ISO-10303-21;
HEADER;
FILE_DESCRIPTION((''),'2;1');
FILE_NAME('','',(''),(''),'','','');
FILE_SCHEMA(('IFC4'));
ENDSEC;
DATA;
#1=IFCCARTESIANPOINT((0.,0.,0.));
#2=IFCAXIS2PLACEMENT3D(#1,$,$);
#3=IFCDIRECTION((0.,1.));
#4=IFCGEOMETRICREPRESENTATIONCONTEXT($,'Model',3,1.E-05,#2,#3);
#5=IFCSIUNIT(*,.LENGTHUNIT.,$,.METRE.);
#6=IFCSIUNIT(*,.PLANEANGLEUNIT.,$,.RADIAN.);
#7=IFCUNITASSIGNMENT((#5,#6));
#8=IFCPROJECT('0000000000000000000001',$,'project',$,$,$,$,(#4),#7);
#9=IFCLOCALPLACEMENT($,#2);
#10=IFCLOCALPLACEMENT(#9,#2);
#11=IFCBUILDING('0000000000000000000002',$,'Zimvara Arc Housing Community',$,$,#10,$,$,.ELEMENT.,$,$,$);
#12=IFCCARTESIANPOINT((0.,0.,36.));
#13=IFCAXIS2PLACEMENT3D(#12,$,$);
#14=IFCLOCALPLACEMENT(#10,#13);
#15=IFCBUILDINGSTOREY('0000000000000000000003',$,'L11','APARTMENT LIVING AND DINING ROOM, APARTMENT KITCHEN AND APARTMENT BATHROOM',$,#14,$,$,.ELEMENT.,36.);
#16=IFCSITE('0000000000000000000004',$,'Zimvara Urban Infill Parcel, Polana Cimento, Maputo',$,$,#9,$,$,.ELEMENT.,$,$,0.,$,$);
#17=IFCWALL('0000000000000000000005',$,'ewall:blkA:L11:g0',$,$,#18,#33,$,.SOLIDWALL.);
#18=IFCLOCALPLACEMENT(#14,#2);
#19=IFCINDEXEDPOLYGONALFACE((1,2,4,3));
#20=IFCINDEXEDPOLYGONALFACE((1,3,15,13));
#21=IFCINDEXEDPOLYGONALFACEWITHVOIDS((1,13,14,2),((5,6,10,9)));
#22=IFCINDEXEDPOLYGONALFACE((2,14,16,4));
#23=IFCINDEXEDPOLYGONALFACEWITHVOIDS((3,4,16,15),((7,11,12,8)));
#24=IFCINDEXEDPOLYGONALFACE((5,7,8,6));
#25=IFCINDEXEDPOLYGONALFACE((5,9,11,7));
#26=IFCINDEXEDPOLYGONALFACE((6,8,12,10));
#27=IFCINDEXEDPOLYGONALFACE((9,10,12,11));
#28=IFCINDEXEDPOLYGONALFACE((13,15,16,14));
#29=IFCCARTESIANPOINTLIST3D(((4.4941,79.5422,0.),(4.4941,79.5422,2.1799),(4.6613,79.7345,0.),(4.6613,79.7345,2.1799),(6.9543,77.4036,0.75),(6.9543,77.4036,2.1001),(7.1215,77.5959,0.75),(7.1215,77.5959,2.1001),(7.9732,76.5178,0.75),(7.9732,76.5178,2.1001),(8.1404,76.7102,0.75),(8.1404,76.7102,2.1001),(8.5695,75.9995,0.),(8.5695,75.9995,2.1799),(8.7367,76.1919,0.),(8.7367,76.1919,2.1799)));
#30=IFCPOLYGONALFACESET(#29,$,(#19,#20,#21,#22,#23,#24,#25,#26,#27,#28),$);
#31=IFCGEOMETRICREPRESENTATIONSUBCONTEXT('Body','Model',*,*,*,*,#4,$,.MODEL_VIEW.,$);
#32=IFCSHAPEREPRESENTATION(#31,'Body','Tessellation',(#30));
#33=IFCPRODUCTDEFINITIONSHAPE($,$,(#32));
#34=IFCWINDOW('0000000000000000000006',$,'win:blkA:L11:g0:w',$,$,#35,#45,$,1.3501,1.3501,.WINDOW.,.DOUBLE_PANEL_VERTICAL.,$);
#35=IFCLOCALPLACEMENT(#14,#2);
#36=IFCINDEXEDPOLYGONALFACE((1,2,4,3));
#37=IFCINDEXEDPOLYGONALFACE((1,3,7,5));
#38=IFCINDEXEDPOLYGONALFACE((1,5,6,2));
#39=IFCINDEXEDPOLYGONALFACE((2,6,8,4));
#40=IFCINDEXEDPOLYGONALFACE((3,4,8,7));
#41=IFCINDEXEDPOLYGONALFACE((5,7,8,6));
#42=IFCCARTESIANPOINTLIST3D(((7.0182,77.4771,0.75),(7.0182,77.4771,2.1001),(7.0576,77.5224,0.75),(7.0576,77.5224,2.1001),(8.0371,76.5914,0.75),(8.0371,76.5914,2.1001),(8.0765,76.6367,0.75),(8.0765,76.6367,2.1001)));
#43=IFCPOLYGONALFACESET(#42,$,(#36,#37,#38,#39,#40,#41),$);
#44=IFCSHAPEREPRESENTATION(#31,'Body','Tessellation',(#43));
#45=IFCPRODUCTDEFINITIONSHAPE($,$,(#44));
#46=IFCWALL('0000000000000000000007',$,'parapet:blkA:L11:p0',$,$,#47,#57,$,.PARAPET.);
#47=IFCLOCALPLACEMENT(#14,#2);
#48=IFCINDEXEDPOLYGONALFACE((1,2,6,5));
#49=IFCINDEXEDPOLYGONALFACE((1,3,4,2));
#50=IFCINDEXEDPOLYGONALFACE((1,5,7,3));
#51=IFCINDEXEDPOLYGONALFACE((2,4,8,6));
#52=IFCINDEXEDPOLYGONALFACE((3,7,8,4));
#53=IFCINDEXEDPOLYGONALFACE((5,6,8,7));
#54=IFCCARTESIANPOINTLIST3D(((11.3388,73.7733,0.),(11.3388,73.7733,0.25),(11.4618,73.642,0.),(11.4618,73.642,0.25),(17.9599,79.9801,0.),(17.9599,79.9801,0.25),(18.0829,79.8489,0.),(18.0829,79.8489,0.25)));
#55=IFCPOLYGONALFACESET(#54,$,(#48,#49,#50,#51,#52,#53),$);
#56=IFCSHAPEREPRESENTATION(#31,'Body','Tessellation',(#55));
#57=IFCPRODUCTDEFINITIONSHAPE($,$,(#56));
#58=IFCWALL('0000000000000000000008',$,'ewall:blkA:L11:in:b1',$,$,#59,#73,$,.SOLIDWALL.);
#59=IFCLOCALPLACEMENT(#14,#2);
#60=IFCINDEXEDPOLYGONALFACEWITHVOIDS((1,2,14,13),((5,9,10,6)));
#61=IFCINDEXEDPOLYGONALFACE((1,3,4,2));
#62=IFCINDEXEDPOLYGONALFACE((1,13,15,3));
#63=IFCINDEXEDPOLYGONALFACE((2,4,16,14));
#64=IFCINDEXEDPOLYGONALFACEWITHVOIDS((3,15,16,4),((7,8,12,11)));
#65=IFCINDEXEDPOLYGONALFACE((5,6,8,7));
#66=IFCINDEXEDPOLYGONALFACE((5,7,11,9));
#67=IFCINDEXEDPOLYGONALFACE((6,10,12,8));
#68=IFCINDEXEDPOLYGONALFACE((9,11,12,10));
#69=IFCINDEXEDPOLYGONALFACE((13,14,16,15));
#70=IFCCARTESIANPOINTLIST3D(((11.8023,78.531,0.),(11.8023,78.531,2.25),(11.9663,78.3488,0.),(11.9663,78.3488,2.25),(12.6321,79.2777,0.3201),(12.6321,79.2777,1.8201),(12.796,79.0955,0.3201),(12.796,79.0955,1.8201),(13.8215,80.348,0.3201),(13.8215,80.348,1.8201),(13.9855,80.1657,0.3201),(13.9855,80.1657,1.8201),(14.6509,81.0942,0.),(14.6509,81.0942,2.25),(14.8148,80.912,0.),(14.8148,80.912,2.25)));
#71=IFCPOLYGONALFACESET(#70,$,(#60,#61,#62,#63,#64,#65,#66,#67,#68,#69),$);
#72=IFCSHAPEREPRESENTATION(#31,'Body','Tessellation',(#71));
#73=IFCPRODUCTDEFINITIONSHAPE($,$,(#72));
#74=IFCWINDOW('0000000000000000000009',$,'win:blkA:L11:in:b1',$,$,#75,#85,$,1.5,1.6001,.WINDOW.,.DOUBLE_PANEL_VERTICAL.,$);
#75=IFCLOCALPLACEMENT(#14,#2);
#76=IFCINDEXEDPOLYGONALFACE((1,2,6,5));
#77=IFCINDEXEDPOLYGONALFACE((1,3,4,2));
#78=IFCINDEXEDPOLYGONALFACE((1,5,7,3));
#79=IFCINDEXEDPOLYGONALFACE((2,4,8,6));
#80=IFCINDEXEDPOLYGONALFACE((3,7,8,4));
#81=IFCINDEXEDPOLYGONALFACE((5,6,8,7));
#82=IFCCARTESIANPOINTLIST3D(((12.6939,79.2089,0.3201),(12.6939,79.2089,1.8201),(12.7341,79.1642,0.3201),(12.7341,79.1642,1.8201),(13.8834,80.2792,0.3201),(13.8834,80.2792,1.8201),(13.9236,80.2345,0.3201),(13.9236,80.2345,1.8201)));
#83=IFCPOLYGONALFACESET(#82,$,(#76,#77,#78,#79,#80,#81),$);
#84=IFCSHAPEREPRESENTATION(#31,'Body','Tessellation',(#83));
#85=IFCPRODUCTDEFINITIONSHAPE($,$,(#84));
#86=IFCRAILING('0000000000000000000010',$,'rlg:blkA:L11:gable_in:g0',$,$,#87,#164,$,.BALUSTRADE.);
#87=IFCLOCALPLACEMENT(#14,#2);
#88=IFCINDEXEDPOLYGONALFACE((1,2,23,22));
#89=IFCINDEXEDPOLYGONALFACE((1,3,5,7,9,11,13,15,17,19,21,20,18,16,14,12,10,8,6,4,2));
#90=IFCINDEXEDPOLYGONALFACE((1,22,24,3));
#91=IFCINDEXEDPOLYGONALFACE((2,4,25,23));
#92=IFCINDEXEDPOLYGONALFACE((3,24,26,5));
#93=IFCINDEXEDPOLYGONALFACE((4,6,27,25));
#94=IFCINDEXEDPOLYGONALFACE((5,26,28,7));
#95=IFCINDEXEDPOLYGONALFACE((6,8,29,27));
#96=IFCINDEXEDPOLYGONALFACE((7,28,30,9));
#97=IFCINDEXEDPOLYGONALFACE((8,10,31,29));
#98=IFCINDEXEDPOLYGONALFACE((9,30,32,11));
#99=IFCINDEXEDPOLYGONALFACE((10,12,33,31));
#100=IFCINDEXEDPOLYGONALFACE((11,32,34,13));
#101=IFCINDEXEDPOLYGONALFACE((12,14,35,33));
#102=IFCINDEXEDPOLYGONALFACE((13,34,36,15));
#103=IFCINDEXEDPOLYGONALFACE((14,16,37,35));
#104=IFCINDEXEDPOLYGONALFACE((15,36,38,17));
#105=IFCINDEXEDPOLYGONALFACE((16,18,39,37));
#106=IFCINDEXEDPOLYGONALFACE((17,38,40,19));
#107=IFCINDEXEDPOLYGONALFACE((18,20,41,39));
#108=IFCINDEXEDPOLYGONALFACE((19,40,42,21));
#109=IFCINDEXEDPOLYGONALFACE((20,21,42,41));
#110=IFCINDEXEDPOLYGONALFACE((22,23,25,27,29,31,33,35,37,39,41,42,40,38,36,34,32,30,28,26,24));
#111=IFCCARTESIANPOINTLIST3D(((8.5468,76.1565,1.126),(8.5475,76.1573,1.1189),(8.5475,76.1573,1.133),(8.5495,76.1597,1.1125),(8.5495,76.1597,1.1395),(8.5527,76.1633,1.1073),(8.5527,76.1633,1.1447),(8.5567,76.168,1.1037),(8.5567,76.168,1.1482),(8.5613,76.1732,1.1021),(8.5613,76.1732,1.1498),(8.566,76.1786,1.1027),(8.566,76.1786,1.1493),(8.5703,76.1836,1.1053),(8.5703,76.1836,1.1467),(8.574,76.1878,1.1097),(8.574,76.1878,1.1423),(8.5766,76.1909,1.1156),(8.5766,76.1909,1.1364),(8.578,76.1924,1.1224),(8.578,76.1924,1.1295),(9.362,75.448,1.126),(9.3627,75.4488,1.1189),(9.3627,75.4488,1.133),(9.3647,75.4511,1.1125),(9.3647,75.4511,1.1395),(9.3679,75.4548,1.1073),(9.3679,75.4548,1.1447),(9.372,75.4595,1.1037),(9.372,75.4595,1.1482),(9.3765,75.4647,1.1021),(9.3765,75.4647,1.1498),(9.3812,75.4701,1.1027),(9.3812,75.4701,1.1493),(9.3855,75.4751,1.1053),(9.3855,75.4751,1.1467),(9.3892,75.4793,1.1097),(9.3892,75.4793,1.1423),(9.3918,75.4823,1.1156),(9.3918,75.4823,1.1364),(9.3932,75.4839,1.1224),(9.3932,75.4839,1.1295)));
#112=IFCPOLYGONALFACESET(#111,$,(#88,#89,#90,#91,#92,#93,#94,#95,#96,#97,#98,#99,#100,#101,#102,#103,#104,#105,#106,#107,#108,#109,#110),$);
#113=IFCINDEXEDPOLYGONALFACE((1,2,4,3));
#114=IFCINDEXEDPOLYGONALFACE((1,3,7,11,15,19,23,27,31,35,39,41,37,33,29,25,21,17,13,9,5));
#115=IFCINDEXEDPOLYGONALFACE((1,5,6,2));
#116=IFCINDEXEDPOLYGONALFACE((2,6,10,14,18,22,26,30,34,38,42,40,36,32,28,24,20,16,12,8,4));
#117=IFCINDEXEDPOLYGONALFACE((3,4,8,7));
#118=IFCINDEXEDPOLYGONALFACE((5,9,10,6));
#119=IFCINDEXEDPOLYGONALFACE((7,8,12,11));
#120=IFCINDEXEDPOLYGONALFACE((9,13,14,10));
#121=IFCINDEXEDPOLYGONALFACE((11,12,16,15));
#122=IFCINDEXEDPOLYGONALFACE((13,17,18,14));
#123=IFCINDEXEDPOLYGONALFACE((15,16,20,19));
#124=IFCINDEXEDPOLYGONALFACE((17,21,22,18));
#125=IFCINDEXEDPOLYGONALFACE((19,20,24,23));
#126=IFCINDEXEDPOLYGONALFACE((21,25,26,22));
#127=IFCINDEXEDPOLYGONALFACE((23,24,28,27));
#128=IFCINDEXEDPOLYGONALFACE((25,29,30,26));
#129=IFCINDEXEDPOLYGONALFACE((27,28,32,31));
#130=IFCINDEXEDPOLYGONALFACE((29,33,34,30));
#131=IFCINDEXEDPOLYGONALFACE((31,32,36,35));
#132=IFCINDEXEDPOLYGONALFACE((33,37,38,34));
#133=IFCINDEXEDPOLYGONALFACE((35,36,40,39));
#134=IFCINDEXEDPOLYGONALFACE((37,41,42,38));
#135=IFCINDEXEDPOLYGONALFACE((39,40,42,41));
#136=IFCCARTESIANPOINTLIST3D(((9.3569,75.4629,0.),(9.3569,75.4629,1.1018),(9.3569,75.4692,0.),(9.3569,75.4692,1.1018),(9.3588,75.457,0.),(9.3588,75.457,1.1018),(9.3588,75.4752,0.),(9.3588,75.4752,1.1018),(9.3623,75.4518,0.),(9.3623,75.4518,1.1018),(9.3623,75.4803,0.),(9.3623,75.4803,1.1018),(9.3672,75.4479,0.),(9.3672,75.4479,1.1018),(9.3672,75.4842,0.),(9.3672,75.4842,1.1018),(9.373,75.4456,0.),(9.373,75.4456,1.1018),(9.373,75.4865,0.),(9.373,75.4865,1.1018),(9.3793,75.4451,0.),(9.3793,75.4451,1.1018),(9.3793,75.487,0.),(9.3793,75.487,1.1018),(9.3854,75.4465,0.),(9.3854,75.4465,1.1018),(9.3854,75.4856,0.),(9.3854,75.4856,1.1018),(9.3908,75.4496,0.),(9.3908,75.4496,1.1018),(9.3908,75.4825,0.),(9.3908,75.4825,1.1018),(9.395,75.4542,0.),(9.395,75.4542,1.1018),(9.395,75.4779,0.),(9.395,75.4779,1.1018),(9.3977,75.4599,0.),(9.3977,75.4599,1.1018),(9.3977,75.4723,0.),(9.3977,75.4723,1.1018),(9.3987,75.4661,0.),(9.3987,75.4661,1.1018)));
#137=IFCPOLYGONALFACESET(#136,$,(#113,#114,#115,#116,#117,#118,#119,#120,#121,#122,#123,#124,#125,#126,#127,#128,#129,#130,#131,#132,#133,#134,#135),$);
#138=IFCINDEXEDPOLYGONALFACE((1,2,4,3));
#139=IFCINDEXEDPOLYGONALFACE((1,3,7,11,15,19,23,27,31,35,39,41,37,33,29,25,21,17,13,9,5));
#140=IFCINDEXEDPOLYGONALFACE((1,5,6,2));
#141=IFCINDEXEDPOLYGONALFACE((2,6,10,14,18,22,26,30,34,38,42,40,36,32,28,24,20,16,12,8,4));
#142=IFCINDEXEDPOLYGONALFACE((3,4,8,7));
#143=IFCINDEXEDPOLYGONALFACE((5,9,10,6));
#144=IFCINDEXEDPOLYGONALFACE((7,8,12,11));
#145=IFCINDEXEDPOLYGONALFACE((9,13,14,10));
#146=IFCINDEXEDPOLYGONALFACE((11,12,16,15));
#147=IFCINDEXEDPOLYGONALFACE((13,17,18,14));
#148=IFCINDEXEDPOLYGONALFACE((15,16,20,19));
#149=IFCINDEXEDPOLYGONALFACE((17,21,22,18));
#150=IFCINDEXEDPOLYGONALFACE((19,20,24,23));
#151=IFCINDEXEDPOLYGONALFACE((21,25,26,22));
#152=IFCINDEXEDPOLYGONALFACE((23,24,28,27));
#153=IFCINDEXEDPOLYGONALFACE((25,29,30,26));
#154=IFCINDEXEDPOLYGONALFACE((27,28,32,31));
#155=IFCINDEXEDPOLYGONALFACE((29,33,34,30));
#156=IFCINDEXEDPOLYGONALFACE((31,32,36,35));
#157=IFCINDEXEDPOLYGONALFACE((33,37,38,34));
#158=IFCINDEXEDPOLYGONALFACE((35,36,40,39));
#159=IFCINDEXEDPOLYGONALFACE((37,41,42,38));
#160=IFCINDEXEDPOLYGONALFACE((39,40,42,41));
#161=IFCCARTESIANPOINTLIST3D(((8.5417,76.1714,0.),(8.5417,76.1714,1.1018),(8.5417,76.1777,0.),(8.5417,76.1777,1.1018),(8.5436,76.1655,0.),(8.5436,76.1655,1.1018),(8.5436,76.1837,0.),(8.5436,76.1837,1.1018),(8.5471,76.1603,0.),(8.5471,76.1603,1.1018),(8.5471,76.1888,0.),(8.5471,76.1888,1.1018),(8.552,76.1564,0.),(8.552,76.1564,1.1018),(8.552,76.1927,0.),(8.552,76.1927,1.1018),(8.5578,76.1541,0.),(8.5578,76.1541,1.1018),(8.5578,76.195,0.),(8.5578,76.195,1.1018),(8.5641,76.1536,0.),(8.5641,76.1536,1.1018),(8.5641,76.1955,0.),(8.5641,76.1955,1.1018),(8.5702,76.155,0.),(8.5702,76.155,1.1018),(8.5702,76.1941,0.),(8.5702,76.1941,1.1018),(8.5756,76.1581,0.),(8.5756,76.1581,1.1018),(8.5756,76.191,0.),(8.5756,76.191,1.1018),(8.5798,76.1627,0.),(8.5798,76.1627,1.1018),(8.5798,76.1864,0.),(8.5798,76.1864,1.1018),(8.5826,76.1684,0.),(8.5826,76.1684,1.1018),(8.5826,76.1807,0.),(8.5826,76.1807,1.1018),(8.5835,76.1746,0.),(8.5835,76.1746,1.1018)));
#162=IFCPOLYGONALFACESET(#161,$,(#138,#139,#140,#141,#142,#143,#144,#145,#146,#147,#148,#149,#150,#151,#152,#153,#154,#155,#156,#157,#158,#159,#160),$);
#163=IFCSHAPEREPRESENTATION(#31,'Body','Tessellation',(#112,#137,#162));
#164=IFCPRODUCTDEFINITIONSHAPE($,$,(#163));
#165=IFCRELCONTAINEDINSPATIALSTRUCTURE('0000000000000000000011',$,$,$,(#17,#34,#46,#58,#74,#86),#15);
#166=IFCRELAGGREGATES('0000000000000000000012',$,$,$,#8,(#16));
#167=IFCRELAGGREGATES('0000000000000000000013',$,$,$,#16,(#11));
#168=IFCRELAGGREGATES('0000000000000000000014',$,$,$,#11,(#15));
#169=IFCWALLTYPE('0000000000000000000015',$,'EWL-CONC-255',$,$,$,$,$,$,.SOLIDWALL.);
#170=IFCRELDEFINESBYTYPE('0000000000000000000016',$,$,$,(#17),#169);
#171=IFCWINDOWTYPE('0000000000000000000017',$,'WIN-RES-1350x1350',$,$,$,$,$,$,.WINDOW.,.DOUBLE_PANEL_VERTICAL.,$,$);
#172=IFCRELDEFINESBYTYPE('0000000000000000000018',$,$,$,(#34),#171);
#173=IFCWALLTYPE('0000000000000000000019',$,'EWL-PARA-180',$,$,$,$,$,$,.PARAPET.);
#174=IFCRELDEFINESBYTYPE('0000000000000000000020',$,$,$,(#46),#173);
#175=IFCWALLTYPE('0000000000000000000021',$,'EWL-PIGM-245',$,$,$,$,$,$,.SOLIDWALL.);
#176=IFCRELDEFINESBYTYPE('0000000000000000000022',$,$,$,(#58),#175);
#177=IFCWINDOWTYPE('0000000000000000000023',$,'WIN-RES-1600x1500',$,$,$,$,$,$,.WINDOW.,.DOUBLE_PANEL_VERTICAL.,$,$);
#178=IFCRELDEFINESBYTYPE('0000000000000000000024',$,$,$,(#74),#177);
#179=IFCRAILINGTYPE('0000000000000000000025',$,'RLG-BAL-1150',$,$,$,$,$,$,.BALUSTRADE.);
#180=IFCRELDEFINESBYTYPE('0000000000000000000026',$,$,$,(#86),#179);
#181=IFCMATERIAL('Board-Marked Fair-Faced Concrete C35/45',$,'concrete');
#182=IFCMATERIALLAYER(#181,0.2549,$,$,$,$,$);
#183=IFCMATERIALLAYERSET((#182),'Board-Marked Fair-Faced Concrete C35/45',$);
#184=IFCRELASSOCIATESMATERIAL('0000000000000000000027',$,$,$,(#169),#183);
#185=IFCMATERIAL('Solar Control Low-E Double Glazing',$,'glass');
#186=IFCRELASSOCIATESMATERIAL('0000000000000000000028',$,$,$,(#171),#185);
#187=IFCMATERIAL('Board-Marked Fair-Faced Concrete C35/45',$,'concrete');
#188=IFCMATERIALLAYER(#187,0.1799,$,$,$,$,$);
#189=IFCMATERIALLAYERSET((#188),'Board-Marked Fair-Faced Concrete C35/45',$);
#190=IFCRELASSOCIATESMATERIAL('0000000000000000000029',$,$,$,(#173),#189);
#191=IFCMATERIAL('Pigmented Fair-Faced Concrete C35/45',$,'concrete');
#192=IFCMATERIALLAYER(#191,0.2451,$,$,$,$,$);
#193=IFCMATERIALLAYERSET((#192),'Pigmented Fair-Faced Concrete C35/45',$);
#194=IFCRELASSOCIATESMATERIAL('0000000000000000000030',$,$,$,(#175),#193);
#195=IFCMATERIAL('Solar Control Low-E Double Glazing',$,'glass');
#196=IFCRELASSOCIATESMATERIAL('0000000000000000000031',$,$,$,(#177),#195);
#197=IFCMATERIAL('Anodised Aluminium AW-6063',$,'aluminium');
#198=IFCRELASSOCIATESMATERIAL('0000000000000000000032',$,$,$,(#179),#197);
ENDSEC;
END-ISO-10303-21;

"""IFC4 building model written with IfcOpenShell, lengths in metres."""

from ifc_helpers import new_model, si_unit, direction, frame, frame_2d, origin, origin_2d, place, context, subcontext, project, spatial, rectangle, circle, extrude, material, layer, layer_set, type_object, element, fill, save


model = new_model("IFC4")

# Units and contexts
model_context = context("Model", 3, precision=1e-05, world=origin(), true_north=direction((0.0, 1.0)))
body_context = subcontext(model_context, "Body", "Model", "MODEL_VIEW")
ifc_project = project(units=[si_unit("LENGTHUNIT", "METRE"), si_unit("PLANEANGLEUNIT", "RADIAN")], contexts=[model_context])

# Site, building, storey
site_placement = place(None, origin())
site = spatial("IfcSite", under=ifc_project, at=site_placement, Name="Zimvara Urban Infill Parcel, Polana Cimento, Maputo", CompositionType="ELEMENT", RefElevation=0.0)
building_placement = place(site_placement, origin())
building = spatial("IfcBuilding", under=site, at=building_placement, Name="Zimvara Arc Housing Community", CompositionType="ELEMENT")
storey_placement = place(building_placement, frame((0.0, 0.0, 36.0)))
storey = spatial("IfcBuildingStorey", under=building, at=storey_placement, Name="L11", Description="APARTMENT LIVING AND DINING ROOM, APARTMENT KITCHEN AND APARTMENT BATHROOM", CompositionType="ELEMENT", Elevation=36.0)

# Wall, opening, window
ifc_material_1 = material(Name="Board-Marked Fair-Faced Concrete C35/45", Category="concrete")
ifc_layer_1 = layer(ifc_material_1, 0.2549)
ifc_layer_set_1 = layer_set([ifc_layer_1], Name="Board-Marked Fair-Faced Concrete C35/45")
wall_type_1 = type_object("IfcWallType", Name="EWL-CONC-255", PredefinedType="SOLIDWALL", material=ifc_layer_set_1)
wall_1_placement = place(storey_placement, frame((8.6531, 76.0957, 0.0), z_axis=(0.0, 0.0, 1.0), x_axis=(-0.75471, 0.656059, 0.0)))
wall_1 = element("IfcWall", 1, at=wall_1_placement, inside=storey, type_object=wall_type_1, Name="ewall:blkA:L11:g0", PredefinedType="SOLIDWALL", context=body_context, shape_type="SweptSolid", body=[
    extrude(rectangle(XDim=5.3999, YDim=0.2549, at=frame_2d((2.7, 0.0))), origin(), (0.0, 0.0, 1.0), 2.1799),
])
opening_1_placement = place(wall_1_placement, frame((0.79, 0.0, 0.75)))
opening_1 = element("IfcOpeningElement", 2, at=opening_1_placement, cuts=wall_1, PredefinedType="OPENING", context=body_context, shape_type="SweptSolid", body=[
    extrude(rectangle(XDim=1.3501, YDim=1.3501, at=frame_2d((0.675, 0.675))), frame((0.0, 0.1375, 0.0), z_axis=(0.0, -1.0, 0.0), x_axis=(1.0, 0.0, 0.0)), (0.0, 0.0, 1.0), 0.2749),
])
ifc_material_2 = material(Name="Solar Control Low-E Double Glazing", Category="glass")
window_type_1 = type_object("IfcWindowType", Name="WIN-RES-1350x1350", PartitioningType="DOUBLE_PANEL_VERTICAL", PredefinedType="WINDOW", material=ifc_material_2)
window_1_placement = place(opening_1_placement, origin())
window_1 = element("IfcWindow", 3, at=window_1_placement, inside=storey, type_object=window_type_1, Name="win:blkA:L11:g0:w", OverallHeight=1.3501, OverallWidth=1.3501, PartitioningType="DOUBLE_PANEL_VERTICAL", PredefinedType="WINDOW", context=body_context, shape_type="SweptSolid", body=[
    extrude(rectangle(XDim=1.3501, YDim=1.3501, at=frame_2d((0.675, 0.675))), frame((0.0, 0.03, 0.0), z_axis=(0.0, -1.0, 0.0), x_axis=(1.0, 0.0, 0.0)), (0.0, 0.0, 1.0), 0.0601),
])
fill(opening_1, window_1)

# Wall
ifc_material_3 = material(Name="Board-Marked Fair-Faced Concrete C35/45", Category="concrete")
ifc_layer_2 = layer(ifc_material_3, 0.1799)
ifc_layer_set_2 = layer_set([ifc_layer_2], Name="Board-Marked Fair-Faced Concrete C35/45")
wall_type_2 = type_object("IfcWallType", Name="EWL-PARA-180", PredefinedType="PARAPET", material=ifc_layer_set_2)
wall_2_placement = place(storey_placement, frame((11.4004, 73.7078, 0.0), z_axis=(0.0, 0.0, 1.0), x_axis=(0.729564, 0.683912, 0.0)))
element("IfcWall", 4, at=wall_2_placement, inside=storey, type_object=wall_type_2, Name="parapet:blkA:L11:p0", PredefinedType="PARAPET", context=body_context, shape_type="SweptSolid", body=[
    extrude(rectangle(XDim=9.0754, YDim=0.1799, at=frame_2d((4.5376, 0.0))), origin(), (0.0, 0.0, 1.0), 0.25),
])

# Shared definitions
ifc_material_4 = material(Name="Pigmented Fair-Faced Concrete C35/45", Category="concrete")
ifc_layer_3 = layer(ifc_material_4, 0.2451)
ifc_layer_set_3 = layer_set([ifc_layer_3], Name="Pigmented Fair-Faced Concrete C35/45")
wall_type_3 = type_object("IfcWallType", Name="EWL-PIGM-245", PredefinedType="SOLIDWALL", material=ifc_layer_set_3)

# Wall, opening, window
wall_3_placement = place(storey_placement, frame((11.8843, 78.4399, 0.0), z_axis=(0.0, 0.0, 1.0), x_axis=(0.743364, 0.668887, 0.0)))
wall_3 = element("IfcWall", 5, at=wall_3_placement, inside=storey, type_object=wall_type_3, Name="ewall:blkA:L11:in:b1", PredefinedType="SOLIDWALL", context=body_context, shape_type="SweptSolid", body=[
    extrude(rectangle(XDim=3.832, YDim=0.2451, at=frame_2d((1.916, 0.0))), origin(), (0.0, 0.0, 1.0), 2.25),
])
opening_2_placement = place(wall_3_placement, frame((1.1162, 0.0, 0.3201)))
opening_2 = element("IfcOpeningElement", 6, at=opening_2_placement, cuts=wall_3, PredefinedType="OPENING", context=body_context, shape_type="SweptSolid", body=[
    extrude(rectangle(XDim=1.6001, YDim=1.5, at=frame_2d((0.8, 0.75))), frame((0.0, 0.1326, 0.0), z_axis=(0.0, -1.0, 0.0), x_axis=(1.0, 0.0, 0.0)), (0.0, 0.0, 1.0), 0.2651),
])
ifc_material_5 = material(Name="Solar Control Low-E Double Glazing", Category="glass")
window_type_2 = type_object("IfcWindowType", Name="WIN-RES-1600x1500", PartitioningType="DOUBLE_PANEL_VERTICAL", PredefinedType="WINDOW", material=ifc_material_5)
window_2_placement = place(opening_2_placement, origin())
window_2 = element("IfcWindow", 7, at=window_2_placement, inside=storey, type_object=window_type_2, Name="win:blkA:L11:in:b1", OverallHeight=1.5, OverallWidth=1.6001, PartitioningType="DOUBLE_PANEL_VERTICAL", PredefinedType="WINDOW", context=body_context, shape_type="SweptSolid", body=[
    extrude(rectangle(XDim=1.6001, YDim=1.5, at=frame_2d((0.8, 0.75))), frame((0.0, 0.03, 0.0), z_axis=(0.0, -1.0, 0.0), x_axis=(1.0, 0.0, 0.0)), (0.0, 0.0, 1.0), 0.0601),
])
fill(opening_2, window_2)

# Railing
ifc_material_6 = material(Name="Anodised Aluminium AW-6063", Category="aluminium")
railing_type_1 = type_object("IfcRailingType", Name="RLG-BAL-1150", PredefinedType="BALUSTRADE", material=ifc_material_6)
railing_1_placement = place(storey_placement, frame((9.3777, 75.4661, 0.0)))
element("IfcRailing", 8, at=railing_1_placement, inside=storey, type_object=railing_type_1, Name="rlg:blkA:L11:gable_in:g0", PredefinedType="BALUSTRADE", context=body_context, shape_type="SweptSolid", body=[
    extrude(circle(Radius=0.0239, at=origin_2d()), frame((0.0, 0.0, 1.126), z_axis=(-0.754771, 0.655988, 0.0), x_axis=(-0.655988, -0.754771, 0.0)), (0.0, 0.0, 1.0), 1.0801),
    extrude(circle(Radius=0.021, at=origin_2d()), origin(), (0.0, 0.0, 1.0), 1.1018),
    extrude(circle(Radius=0.021, at=origin_2d()), frame((-0.8152, 0.7085, 0.0)), (0.0, 0.0, 1.0), 1.1018),
])

save(model, "model.ifc")
